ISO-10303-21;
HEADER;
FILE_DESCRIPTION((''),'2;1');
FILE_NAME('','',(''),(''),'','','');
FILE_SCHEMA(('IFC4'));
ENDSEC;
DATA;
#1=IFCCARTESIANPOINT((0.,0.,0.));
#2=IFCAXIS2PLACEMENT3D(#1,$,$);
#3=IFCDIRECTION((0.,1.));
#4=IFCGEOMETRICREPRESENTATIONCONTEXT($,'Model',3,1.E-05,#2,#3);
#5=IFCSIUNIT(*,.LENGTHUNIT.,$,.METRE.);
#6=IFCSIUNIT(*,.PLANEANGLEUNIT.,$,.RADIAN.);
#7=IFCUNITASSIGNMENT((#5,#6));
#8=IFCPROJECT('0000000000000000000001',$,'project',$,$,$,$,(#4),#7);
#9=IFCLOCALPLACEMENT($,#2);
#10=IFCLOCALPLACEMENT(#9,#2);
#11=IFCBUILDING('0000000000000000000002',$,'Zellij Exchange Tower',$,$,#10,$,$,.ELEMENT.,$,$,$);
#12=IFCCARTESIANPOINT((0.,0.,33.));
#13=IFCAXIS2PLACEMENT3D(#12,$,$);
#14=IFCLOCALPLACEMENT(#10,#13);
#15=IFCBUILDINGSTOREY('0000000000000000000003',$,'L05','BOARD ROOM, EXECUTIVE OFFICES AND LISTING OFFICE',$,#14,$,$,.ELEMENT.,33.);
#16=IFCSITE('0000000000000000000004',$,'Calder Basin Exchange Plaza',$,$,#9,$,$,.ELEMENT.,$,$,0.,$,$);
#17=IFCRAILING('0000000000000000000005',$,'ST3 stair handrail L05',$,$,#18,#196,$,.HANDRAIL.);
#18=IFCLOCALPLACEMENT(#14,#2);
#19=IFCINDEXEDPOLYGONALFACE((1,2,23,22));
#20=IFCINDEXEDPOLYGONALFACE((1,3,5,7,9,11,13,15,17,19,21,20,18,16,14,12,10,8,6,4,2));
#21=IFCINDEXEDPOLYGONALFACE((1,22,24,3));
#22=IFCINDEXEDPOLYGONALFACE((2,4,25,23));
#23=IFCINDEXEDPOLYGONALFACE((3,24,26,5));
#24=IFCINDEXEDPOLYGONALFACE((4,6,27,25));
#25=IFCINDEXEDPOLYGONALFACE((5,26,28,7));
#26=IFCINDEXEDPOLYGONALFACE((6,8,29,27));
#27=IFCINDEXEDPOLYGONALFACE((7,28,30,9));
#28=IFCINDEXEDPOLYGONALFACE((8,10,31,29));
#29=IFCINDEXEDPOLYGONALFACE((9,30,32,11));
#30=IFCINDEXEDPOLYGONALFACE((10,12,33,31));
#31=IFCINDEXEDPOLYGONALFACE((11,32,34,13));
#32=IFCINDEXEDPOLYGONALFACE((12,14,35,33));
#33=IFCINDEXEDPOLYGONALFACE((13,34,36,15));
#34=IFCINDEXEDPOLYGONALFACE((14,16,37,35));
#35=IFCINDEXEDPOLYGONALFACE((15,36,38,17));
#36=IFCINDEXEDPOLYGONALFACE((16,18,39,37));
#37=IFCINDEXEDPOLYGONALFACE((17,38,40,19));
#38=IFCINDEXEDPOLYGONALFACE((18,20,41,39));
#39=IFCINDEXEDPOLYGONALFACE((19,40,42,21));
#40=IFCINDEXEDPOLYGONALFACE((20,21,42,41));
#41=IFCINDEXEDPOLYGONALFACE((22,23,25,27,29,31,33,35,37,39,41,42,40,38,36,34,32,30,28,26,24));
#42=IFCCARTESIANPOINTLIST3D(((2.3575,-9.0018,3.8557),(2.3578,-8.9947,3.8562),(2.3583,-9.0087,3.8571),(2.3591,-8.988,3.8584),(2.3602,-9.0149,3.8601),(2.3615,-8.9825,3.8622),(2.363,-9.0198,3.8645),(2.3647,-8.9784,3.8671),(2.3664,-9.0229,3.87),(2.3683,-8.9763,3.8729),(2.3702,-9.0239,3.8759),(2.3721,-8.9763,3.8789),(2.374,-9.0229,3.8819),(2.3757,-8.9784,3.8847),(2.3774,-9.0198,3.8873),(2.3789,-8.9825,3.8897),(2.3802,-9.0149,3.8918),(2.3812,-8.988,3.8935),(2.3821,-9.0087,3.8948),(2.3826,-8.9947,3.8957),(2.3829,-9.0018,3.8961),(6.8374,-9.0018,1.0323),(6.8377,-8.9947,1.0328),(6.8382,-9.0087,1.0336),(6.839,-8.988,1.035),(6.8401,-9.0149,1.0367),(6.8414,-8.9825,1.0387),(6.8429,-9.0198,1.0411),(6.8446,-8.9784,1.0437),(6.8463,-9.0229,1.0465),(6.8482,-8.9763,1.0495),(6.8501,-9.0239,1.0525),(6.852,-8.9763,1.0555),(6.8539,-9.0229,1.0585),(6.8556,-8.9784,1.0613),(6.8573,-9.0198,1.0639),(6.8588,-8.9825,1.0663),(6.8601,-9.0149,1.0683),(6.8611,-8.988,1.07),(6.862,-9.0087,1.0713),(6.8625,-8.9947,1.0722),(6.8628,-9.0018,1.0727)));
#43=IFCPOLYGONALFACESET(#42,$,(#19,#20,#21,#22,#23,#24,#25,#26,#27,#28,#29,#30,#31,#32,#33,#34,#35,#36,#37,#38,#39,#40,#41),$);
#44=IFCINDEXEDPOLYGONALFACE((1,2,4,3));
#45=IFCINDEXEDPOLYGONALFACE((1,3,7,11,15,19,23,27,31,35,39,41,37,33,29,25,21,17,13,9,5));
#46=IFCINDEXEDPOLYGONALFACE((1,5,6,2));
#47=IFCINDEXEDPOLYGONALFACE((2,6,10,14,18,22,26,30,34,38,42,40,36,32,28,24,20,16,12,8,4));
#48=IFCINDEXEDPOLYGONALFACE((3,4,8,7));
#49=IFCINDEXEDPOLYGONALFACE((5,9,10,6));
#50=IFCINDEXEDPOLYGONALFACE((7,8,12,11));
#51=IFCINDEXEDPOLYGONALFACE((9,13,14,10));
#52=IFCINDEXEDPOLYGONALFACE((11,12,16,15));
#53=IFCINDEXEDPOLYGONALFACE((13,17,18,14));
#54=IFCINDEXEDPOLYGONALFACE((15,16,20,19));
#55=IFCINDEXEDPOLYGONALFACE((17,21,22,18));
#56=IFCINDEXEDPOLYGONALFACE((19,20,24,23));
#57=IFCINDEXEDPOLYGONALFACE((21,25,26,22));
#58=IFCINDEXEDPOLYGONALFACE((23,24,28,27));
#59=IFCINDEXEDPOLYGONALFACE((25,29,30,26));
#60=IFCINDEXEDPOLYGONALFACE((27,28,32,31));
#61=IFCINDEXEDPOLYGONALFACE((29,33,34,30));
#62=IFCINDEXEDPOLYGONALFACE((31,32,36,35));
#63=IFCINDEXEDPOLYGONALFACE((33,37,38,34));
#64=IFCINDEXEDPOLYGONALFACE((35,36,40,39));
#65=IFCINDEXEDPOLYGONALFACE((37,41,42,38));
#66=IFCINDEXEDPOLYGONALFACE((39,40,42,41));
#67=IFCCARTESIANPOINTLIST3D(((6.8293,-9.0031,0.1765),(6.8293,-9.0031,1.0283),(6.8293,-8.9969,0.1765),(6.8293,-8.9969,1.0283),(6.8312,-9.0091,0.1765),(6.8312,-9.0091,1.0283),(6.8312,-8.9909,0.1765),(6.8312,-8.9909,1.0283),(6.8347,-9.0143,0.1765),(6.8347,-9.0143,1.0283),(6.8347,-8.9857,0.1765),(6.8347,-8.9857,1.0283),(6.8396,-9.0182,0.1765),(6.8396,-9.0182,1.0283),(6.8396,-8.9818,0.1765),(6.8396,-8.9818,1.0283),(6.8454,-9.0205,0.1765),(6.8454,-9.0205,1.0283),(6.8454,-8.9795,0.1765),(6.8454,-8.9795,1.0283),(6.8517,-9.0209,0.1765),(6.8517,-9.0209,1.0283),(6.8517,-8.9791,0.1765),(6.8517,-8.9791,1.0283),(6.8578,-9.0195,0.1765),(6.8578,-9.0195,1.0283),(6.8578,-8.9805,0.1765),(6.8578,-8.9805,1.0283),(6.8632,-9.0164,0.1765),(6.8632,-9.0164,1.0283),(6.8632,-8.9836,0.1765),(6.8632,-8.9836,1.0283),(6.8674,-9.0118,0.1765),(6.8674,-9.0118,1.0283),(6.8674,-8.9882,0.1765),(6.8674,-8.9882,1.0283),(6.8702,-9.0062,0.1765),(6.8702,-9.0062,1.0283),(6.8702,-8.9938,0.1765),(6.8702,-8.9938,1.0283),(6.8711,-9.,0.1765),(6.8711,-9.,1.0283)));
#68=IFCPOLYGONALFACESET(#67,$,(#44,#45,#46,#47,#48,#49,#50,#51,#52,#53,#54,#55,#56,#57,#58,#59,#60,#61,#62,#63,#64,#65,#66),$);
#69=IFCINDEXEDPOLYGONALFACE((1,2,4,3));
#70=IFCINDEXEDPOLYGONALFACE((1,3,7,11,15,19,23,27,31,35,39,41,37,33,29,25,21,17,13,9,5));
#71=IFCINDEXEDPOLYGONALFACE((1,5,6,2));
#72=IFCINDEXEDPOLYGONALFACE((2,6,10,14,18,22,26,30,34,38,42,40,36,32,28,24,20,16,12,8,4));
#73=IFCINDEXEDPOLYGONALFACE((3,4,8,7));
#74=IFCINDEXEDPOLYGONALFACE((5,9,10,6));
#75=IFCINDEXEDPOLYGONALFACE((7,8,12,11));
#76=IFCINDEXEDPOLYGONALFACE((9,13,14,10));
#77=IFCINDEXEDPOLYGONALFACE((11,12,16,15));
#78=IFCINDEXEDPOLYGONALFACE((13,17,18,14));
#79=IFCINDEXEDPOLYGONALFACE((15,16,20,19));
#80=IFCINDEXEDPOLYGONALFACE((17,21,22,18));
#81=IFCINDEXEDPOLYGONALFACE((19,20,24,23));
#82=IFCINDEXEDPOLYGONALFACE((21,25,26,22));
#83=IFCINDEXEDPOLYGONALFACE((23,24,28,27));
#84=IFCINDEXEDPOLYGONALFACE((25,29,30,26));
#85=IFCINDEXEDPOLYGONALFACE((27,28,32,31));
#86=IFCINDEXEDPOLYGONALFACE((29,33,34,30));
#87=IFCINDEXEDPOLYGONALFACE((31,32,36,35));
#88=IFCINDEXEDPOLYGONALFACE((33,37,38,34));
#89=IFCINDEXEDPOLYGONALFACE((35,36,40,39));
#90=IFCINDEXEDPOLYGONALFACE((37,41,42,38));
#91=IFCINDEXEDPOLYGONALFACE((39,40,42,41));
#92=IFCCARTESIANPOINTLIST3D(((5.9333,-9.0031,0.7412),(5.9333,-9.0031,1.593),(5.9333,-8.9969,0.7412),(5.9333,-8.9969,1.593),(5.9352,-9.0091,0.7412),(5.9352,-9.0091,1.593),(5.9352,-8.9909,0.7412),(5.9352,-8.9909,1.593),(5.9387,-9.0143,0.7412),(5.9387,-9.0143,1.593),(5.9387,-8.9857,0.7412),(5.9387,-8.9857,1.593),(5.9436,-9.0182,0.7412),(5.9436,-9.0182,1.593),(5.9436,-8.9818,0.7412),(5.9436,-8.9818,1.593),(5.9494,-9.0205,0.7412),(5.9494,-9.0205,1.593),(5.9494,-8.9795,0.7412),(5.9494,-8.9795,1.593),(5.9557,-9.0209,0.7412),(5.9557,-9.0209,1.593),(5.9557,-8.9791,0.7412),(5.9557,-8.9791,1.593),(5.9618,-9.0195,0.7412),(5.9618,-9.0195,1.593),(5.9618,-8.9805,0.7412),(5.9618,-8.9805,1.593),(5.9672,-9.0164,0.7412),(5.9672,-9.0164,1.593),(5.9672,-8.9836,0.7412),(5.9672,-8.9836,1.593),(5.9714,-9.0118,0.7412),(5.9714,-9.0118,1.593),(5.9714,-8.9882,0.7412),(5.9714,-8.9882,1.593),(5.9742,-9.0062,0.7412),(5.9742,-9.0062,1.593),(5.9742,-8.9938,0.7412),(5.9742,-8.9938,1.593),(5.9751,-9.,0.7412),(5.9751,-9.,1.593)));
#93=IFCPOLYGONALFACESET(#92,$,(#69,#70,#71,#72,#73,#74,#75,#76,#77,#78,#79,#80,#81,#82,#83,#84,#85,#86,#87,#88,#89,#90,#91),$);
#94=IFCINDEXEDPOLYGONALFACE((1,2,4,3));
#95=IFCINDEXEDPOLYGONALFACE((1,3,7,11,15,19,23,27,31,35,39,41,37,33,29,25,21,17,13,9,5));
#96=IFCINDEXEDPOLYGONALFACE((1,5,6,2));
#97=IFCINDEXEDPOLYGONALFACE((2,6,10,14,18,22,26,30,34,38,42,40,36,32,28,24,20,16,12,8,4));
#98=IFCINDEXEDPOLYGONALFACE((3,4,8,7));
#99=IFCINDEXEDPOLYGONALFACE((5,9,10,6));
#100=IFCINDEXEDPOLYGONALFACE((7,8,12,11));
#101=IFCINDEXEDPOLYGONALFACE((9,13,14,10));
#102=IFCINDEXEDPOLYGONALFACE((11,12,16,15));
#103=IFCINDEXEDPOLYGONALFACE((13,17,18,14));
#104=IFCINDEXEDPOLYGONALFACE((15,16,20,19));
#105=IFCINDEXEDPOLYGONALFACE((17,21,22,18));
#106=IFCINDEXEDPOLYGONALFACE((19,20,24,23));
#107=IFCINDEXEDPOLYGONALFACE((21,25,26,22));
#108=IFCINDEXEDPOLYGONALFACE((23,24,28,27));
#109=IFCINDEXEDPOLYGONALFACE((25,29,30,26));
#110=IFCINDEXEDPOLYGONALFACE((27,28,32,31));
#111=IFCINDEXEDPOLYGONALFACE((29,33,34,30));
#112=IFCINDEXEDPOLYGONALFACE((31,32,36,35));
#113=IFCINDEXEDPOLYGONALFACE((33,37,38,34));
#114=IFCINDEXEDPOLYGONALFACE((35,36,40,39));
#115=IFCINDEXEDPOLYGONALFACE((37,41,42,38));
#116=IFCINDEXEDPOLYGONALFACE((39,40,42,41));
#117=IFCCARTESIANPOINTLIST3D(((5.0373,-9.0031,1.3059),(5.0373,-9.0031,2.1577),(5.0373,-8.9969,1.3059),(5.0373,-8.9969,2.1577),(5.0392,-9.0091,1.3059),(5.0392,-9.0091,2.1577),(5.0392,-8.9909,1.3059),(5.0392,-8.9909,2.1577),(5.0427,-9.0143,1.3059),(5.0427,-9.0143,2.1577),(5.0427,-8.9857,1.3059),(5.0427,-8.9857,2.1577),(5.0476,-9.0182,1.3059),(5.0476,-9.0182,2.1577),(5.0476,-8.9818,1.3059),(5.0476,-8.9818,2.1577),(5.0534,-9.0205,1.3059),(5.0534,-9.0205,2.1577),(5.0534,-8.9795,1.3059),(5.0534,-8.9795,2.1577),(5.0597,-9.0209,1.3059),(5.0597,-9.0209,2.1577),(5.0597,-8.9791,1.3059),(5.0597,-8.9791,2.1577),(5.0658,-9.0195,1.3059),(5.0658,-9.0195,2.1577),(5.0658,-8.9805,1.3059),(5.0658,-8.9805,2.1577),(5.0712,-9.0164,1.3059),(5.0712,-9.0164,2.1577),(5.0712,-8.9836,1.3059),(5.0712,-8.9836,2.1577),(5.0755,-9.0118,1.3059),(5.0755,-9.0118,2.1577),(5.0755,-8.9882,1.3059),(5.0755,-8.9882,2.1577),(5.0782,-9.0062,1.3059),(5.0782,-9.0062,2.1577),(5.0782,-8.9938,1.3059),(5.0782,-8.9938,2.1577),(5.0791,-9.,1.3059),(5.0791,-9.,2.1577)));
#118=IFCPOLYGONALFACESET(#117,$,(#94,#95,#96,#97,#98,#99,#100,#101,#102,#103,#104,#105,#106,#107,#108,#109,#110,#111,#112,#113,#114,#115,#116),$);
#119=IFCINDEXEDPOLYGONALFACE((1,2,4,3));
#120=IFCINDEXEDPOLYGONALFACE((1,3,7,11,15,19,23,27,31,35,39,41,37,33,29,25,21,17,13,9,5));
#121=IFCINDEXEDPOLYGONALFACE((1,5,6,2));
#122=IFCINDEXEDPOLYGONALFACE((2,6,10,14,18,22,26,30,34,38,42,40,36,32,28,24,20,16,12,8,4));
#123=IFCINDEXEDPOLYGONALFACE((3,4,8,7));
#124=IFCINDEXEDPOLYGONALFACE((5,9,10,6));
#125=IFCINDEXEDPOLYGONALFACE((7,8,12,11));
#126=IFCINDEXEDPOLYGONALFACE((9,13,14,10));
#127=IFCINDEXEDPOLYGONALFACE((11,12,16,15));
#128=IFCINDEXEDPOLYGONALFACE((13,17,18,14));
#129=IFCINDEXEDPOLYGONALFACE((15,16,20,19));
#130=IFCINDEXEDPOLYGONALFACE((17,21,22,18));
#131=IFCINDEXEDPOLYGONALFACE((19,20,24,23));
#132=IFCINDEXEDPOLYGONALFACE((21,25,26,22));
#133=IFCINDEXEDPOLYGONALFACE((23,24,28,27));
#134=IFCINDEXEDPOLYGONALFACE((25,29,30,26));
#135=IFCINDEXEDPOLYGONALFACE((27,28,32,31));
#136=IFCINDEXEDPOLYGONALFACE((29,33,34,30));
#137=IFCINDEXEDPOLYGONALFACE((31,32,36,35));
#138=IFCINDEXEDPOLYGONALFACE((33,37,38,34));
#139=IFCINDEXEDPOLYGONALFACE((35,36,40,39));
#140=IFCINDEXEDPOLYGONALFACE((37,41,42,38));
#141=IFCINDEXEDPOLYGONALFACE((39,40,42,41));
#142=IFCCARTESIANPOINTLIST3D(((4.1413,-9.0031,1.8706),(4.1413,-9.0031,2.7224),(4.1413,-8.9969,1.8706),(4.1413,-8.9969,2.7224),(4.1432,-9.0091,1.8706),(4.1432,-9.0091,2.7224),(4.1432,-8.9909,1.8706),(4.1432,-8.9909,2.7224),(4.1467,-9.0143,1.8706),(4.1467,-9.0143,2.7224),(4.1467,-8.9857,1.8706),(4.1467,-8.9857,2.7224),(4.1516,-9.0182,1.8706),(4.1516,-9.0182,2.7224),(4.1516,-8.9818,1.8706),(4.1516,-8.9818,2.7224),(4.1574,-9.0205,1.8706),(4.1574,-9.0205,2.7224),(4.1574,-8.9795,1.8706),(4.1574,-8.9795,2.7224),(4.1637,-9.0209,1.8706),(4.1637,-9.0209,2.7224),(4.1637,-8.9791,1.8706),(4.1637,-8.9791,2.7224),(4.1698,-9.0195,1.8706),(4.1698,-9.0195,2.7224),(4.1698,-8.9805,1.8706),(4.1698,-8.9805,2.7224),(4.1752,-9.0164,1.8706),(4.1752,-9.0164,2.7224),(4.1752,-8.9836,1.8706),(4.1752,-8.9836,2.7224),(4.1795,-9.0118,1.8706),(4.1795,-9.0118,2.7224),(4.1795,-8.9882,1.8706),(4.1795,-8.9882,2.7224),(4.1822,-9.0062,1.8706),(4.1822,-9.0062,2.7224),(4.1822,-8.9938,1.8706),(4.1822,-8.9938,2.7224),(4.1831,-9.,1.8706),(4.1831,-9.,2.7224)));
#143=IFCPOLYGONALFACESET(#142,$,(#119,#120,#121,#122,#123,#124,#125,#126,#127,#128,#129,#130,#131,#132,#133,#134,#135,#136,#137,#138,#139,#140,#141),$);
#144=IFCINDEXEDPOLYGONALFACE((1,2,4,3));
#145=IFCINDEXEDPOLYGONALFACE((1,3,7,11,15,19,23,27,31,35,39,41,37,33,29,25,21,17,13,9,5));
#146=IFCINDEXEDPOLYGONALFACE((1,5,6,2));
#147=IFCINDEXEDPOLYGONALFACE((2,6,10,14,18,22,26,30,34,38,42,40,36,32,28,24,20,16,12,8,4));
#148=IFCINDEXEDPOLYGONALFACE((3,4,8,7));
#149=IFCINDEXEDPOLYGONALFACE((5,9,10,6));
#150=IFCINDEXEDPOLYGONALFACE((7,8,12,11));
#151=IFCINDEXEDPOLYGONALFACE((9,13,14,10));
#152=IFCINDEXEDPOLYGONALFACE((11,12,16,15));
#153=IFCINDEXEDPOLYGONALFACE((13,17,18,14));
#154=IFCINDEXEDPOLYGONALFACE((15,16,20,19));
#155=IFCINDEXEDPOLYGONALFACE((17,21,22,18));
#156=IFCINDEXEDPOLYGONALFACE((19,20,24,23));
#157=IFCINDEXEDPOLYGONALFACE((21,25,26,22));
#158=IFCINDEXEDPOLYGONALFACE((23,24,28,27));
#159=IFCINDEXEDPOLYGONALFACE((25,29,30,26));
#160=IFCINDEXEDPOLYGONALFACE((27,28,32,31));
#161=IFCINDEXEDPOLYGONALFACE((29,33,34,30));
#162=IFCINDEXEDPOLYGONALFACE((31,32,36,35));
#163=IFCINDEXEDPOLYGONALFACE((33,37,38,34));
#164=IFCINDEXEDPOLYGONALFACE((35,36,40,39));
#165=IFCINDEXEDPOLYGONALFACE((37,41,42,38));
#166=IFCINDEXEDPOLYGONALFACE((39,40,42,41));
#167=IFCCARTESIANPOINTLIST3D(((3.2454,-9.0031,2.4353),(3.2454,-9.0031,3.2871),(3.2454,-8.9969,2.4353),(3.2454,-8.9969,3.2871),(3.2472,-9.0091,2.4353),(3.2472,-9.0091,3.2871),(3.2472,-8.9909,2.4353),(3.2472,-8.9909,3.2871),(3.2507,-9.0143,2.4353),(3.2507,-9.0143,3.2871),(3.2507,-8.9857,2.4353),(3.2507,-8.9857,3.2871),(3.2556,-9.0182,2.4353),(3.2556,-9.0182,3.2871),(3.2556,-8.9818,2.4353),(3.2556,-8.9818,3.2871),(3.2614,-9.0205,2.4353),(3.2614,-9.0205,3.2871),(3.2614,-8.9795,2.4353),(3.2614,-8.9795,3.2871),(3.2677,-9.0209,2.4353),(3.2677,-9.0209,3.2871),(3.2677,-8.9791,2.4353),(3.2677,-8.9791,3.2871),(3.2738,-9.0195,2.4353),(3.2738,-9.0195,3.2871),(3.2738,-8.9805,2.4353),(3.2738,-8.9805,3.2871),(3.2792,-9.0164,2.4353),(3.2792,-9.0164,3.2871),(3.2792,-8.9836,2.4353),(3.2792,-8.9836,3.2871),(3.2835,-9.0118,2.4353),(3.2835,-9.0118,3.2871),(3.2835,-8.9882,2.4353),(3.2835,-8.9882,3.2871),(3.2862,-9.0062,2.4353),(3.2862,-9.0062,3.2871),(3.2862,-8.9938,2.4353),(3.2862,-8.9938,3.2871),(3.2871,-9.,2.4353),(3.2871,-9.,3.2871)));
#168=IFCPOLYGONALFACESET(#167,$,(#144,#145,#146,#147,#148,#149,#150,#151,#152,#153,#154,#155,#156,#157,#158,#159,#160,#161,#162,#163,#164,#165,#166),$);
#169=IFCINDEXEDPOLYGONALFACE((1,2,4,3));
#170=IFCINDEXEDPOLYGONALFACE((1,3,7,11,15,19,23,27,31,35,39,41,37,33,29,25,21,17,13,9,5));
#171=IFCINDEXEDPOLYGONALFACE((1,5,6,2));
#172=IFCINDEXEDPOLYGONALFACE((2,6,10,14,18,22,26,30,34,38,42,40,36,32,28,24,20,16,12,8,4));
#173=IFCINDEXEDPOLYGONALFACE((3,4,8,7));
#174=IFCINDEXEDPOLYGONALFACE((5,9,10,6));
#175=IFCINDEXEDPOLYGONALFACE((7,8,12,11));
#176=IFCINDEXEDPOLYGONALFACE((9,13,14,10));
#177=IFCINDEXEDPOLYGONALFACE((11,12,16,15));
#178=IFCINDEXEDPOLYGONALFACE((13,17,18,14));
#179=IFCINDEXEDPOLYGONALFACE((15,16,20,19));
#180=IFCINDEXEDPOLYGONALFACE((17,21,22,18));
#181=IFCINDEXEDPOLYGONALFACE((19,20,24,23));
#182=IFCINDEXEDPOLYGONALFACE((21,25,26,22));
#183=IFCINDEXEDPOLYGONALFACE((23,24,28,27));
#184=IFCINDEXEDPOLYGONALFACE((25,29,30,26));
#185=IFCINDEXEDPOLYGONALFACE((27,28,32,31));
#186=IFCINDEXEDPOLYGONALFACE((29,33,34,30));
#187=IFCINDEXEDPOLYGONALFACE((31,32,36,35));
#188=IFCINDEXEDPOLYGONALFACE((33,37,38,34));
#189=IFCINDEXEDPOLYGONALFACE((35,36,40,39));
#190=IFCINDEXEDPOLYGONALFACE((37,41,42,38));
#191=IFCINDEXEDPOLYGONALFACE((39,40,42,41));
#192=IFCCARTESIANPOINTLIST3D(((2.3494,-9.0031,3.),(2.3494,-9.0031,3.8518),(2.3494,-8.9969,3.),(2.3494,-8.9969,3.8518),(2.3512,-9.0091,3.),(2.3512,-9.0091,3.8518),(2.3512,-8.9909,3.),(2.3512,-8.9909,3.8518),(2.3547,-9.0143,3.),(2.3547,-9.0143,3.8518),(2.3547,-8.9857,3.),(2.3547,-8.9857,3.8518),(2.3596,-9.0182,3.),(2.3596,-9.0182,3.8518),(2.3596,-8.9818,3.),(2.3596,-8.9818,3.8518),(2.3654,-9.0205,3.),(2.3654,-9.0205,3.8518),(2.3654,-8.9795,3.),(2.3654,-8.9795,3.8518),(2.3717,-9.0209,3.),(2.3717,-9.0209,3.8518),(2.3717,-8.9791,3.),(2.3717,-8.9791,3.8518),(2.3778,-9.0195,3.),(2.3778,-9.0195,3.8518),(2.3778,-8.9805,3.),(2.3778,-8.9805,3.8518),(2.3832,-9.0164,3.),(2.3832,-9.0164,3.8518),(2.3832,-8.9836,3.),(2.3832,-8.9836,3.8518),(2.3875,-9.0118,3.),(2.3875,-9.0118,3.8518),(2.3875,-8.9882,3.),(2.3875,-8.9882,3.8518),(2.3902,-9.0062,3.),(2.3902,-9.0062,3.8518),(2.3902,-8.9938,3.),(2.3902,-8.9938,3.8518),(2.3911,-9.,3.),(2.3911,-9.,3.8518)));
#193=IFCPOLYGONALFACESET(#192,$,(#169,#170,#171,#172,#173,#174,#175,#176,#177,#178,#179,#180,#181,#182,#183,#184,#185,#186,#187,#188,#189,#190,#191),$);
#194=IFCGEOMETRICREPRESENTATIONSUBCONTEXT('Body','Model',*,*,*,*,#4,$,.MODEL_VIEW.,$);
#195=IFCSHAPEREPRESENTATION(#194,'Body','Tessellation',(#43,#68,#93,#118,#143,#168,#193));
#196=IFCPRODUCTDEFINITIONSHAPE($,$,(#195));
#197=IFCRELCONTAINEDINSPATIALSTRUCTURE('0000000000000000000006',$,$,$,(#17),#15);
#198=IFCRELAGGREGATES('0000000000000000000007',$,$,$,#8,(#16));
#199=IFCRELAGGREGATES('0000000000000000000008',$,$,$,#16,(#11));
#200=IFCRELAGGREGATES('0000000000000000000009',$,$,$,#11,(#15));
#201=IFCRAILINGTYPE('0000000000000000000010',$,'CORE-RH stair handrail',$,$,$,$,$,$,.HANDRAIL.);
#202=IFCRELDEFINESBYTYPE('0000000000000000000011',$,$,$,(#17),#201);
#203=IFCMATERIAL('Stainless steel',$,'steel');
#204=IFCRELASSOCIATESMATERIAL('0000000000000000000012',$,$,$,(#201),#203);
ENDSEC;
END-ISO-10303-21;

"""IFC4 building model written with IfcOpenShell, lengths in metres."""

from ifc_helpers import new_model, si_unit, direction, frame, origin, origin_2d, place, context, subcontext, project, spatial, circle, extrude, material, type_object, element, save


model = new_model("IFC4")

# Units and contexts
model_context = context("Model", 3, precision=1e-05, world=origin(), true_north=direction((0.0, 1.0)))
body_context = subcontext(model_context, "Body", "Model", "MODEL_VIEW")
ifc_project = project(units=[si_unit("LENGTHUNIT", "METRE"), si_unit("PLANEANGLEUNIT", "RADIAN")], contexts=[model_context])

# Site, building, storey
site_placement = place(None, origin())
site = spatial("IfcSite", under=ifc_project, at=site_placement, Name="Calder Basin Exchange Plaza", CompositionType="ELEMENT", RefElevation=0.0)
building_placement = place(site_placement, origin())
building = spatial("IfcBuilding", under=site, at=building_placement, Name="Zellij Exchange Tower", CompositionType="ELEMENT")
storey_placement = place(building_placement, frame((0.0, 0.0, 33.0)))
storey = spatial("IfcBuildingStorey", under=building, at=storey_placement, Name="L05", Description="BOARD ROOM, EXECUTIVE OFFICES AND LISTING OFFICE", CompositionType="ELEMENT", Elevation=33.0)

# Railing
ifc_material_1 = material(Name="Stainless steel", Category="steel")
railing_type_1 = type_object("IfcRailingType", Name="CORE-RH stair handrail", PredefinedType="HANDRAIL", material=ifc_material_1)
railing_1_placement = place(storey_placement, frame((6.8501, -9.0, 0.1765)))
element("IfcRailing", 1, at=railing_1_placement, inside=storey, type_object=railing_type_1, Name="ST3 stair handrail L05", PredefinedType="HANDRAIL", context=body_context, shape_type="SweptSolid", body=[
    extrude(circle(Radius=0.0239, at=origin_2d()), frame((0.0, 0.0, 0.876), z_axis=(-0.845998, 0.0, 0.533186), x_axis=(0.0, -1.0, 0.0)), (0.0, 0.0, 1.0), 5.2954),
    extrude(circle(Radius=0.021, at=origin_2d()), origin(), (0.0, 0.0, 1.0), 0.8518),
    extrude(circle(Radius=0.021, at=origin_2d()), frame((-0.896, 0.0, 0.5647)), (0.0, 0.0, 1.0), 0.8518),
    extrude(circle(Radius=0.021, at=origin_2d()), frame((-1.792, 0.0, 1.1294)), (0.0, 0.0, 1.0), 0.8518),
    extrude(circle(Radius=0.021, at=origin_2d()), frame((-2.688, 0.0, 1.6941)), (0.0, 0.0, 1.0), 0.8518),
    extrude(circle(Radius=0.021, at=origin_2d()), frame((-3.584, 0.0, 2.2588)), (0.0, 0.0, 1.0), 0.8518),
    extrude(circle(Radius=0.021, at=origin_2d()), frame((-4.48, 0.0, 2.8235)), (0.0, 0.0, 1.0), 0.8518),
])

save(model, "model.ifc")
